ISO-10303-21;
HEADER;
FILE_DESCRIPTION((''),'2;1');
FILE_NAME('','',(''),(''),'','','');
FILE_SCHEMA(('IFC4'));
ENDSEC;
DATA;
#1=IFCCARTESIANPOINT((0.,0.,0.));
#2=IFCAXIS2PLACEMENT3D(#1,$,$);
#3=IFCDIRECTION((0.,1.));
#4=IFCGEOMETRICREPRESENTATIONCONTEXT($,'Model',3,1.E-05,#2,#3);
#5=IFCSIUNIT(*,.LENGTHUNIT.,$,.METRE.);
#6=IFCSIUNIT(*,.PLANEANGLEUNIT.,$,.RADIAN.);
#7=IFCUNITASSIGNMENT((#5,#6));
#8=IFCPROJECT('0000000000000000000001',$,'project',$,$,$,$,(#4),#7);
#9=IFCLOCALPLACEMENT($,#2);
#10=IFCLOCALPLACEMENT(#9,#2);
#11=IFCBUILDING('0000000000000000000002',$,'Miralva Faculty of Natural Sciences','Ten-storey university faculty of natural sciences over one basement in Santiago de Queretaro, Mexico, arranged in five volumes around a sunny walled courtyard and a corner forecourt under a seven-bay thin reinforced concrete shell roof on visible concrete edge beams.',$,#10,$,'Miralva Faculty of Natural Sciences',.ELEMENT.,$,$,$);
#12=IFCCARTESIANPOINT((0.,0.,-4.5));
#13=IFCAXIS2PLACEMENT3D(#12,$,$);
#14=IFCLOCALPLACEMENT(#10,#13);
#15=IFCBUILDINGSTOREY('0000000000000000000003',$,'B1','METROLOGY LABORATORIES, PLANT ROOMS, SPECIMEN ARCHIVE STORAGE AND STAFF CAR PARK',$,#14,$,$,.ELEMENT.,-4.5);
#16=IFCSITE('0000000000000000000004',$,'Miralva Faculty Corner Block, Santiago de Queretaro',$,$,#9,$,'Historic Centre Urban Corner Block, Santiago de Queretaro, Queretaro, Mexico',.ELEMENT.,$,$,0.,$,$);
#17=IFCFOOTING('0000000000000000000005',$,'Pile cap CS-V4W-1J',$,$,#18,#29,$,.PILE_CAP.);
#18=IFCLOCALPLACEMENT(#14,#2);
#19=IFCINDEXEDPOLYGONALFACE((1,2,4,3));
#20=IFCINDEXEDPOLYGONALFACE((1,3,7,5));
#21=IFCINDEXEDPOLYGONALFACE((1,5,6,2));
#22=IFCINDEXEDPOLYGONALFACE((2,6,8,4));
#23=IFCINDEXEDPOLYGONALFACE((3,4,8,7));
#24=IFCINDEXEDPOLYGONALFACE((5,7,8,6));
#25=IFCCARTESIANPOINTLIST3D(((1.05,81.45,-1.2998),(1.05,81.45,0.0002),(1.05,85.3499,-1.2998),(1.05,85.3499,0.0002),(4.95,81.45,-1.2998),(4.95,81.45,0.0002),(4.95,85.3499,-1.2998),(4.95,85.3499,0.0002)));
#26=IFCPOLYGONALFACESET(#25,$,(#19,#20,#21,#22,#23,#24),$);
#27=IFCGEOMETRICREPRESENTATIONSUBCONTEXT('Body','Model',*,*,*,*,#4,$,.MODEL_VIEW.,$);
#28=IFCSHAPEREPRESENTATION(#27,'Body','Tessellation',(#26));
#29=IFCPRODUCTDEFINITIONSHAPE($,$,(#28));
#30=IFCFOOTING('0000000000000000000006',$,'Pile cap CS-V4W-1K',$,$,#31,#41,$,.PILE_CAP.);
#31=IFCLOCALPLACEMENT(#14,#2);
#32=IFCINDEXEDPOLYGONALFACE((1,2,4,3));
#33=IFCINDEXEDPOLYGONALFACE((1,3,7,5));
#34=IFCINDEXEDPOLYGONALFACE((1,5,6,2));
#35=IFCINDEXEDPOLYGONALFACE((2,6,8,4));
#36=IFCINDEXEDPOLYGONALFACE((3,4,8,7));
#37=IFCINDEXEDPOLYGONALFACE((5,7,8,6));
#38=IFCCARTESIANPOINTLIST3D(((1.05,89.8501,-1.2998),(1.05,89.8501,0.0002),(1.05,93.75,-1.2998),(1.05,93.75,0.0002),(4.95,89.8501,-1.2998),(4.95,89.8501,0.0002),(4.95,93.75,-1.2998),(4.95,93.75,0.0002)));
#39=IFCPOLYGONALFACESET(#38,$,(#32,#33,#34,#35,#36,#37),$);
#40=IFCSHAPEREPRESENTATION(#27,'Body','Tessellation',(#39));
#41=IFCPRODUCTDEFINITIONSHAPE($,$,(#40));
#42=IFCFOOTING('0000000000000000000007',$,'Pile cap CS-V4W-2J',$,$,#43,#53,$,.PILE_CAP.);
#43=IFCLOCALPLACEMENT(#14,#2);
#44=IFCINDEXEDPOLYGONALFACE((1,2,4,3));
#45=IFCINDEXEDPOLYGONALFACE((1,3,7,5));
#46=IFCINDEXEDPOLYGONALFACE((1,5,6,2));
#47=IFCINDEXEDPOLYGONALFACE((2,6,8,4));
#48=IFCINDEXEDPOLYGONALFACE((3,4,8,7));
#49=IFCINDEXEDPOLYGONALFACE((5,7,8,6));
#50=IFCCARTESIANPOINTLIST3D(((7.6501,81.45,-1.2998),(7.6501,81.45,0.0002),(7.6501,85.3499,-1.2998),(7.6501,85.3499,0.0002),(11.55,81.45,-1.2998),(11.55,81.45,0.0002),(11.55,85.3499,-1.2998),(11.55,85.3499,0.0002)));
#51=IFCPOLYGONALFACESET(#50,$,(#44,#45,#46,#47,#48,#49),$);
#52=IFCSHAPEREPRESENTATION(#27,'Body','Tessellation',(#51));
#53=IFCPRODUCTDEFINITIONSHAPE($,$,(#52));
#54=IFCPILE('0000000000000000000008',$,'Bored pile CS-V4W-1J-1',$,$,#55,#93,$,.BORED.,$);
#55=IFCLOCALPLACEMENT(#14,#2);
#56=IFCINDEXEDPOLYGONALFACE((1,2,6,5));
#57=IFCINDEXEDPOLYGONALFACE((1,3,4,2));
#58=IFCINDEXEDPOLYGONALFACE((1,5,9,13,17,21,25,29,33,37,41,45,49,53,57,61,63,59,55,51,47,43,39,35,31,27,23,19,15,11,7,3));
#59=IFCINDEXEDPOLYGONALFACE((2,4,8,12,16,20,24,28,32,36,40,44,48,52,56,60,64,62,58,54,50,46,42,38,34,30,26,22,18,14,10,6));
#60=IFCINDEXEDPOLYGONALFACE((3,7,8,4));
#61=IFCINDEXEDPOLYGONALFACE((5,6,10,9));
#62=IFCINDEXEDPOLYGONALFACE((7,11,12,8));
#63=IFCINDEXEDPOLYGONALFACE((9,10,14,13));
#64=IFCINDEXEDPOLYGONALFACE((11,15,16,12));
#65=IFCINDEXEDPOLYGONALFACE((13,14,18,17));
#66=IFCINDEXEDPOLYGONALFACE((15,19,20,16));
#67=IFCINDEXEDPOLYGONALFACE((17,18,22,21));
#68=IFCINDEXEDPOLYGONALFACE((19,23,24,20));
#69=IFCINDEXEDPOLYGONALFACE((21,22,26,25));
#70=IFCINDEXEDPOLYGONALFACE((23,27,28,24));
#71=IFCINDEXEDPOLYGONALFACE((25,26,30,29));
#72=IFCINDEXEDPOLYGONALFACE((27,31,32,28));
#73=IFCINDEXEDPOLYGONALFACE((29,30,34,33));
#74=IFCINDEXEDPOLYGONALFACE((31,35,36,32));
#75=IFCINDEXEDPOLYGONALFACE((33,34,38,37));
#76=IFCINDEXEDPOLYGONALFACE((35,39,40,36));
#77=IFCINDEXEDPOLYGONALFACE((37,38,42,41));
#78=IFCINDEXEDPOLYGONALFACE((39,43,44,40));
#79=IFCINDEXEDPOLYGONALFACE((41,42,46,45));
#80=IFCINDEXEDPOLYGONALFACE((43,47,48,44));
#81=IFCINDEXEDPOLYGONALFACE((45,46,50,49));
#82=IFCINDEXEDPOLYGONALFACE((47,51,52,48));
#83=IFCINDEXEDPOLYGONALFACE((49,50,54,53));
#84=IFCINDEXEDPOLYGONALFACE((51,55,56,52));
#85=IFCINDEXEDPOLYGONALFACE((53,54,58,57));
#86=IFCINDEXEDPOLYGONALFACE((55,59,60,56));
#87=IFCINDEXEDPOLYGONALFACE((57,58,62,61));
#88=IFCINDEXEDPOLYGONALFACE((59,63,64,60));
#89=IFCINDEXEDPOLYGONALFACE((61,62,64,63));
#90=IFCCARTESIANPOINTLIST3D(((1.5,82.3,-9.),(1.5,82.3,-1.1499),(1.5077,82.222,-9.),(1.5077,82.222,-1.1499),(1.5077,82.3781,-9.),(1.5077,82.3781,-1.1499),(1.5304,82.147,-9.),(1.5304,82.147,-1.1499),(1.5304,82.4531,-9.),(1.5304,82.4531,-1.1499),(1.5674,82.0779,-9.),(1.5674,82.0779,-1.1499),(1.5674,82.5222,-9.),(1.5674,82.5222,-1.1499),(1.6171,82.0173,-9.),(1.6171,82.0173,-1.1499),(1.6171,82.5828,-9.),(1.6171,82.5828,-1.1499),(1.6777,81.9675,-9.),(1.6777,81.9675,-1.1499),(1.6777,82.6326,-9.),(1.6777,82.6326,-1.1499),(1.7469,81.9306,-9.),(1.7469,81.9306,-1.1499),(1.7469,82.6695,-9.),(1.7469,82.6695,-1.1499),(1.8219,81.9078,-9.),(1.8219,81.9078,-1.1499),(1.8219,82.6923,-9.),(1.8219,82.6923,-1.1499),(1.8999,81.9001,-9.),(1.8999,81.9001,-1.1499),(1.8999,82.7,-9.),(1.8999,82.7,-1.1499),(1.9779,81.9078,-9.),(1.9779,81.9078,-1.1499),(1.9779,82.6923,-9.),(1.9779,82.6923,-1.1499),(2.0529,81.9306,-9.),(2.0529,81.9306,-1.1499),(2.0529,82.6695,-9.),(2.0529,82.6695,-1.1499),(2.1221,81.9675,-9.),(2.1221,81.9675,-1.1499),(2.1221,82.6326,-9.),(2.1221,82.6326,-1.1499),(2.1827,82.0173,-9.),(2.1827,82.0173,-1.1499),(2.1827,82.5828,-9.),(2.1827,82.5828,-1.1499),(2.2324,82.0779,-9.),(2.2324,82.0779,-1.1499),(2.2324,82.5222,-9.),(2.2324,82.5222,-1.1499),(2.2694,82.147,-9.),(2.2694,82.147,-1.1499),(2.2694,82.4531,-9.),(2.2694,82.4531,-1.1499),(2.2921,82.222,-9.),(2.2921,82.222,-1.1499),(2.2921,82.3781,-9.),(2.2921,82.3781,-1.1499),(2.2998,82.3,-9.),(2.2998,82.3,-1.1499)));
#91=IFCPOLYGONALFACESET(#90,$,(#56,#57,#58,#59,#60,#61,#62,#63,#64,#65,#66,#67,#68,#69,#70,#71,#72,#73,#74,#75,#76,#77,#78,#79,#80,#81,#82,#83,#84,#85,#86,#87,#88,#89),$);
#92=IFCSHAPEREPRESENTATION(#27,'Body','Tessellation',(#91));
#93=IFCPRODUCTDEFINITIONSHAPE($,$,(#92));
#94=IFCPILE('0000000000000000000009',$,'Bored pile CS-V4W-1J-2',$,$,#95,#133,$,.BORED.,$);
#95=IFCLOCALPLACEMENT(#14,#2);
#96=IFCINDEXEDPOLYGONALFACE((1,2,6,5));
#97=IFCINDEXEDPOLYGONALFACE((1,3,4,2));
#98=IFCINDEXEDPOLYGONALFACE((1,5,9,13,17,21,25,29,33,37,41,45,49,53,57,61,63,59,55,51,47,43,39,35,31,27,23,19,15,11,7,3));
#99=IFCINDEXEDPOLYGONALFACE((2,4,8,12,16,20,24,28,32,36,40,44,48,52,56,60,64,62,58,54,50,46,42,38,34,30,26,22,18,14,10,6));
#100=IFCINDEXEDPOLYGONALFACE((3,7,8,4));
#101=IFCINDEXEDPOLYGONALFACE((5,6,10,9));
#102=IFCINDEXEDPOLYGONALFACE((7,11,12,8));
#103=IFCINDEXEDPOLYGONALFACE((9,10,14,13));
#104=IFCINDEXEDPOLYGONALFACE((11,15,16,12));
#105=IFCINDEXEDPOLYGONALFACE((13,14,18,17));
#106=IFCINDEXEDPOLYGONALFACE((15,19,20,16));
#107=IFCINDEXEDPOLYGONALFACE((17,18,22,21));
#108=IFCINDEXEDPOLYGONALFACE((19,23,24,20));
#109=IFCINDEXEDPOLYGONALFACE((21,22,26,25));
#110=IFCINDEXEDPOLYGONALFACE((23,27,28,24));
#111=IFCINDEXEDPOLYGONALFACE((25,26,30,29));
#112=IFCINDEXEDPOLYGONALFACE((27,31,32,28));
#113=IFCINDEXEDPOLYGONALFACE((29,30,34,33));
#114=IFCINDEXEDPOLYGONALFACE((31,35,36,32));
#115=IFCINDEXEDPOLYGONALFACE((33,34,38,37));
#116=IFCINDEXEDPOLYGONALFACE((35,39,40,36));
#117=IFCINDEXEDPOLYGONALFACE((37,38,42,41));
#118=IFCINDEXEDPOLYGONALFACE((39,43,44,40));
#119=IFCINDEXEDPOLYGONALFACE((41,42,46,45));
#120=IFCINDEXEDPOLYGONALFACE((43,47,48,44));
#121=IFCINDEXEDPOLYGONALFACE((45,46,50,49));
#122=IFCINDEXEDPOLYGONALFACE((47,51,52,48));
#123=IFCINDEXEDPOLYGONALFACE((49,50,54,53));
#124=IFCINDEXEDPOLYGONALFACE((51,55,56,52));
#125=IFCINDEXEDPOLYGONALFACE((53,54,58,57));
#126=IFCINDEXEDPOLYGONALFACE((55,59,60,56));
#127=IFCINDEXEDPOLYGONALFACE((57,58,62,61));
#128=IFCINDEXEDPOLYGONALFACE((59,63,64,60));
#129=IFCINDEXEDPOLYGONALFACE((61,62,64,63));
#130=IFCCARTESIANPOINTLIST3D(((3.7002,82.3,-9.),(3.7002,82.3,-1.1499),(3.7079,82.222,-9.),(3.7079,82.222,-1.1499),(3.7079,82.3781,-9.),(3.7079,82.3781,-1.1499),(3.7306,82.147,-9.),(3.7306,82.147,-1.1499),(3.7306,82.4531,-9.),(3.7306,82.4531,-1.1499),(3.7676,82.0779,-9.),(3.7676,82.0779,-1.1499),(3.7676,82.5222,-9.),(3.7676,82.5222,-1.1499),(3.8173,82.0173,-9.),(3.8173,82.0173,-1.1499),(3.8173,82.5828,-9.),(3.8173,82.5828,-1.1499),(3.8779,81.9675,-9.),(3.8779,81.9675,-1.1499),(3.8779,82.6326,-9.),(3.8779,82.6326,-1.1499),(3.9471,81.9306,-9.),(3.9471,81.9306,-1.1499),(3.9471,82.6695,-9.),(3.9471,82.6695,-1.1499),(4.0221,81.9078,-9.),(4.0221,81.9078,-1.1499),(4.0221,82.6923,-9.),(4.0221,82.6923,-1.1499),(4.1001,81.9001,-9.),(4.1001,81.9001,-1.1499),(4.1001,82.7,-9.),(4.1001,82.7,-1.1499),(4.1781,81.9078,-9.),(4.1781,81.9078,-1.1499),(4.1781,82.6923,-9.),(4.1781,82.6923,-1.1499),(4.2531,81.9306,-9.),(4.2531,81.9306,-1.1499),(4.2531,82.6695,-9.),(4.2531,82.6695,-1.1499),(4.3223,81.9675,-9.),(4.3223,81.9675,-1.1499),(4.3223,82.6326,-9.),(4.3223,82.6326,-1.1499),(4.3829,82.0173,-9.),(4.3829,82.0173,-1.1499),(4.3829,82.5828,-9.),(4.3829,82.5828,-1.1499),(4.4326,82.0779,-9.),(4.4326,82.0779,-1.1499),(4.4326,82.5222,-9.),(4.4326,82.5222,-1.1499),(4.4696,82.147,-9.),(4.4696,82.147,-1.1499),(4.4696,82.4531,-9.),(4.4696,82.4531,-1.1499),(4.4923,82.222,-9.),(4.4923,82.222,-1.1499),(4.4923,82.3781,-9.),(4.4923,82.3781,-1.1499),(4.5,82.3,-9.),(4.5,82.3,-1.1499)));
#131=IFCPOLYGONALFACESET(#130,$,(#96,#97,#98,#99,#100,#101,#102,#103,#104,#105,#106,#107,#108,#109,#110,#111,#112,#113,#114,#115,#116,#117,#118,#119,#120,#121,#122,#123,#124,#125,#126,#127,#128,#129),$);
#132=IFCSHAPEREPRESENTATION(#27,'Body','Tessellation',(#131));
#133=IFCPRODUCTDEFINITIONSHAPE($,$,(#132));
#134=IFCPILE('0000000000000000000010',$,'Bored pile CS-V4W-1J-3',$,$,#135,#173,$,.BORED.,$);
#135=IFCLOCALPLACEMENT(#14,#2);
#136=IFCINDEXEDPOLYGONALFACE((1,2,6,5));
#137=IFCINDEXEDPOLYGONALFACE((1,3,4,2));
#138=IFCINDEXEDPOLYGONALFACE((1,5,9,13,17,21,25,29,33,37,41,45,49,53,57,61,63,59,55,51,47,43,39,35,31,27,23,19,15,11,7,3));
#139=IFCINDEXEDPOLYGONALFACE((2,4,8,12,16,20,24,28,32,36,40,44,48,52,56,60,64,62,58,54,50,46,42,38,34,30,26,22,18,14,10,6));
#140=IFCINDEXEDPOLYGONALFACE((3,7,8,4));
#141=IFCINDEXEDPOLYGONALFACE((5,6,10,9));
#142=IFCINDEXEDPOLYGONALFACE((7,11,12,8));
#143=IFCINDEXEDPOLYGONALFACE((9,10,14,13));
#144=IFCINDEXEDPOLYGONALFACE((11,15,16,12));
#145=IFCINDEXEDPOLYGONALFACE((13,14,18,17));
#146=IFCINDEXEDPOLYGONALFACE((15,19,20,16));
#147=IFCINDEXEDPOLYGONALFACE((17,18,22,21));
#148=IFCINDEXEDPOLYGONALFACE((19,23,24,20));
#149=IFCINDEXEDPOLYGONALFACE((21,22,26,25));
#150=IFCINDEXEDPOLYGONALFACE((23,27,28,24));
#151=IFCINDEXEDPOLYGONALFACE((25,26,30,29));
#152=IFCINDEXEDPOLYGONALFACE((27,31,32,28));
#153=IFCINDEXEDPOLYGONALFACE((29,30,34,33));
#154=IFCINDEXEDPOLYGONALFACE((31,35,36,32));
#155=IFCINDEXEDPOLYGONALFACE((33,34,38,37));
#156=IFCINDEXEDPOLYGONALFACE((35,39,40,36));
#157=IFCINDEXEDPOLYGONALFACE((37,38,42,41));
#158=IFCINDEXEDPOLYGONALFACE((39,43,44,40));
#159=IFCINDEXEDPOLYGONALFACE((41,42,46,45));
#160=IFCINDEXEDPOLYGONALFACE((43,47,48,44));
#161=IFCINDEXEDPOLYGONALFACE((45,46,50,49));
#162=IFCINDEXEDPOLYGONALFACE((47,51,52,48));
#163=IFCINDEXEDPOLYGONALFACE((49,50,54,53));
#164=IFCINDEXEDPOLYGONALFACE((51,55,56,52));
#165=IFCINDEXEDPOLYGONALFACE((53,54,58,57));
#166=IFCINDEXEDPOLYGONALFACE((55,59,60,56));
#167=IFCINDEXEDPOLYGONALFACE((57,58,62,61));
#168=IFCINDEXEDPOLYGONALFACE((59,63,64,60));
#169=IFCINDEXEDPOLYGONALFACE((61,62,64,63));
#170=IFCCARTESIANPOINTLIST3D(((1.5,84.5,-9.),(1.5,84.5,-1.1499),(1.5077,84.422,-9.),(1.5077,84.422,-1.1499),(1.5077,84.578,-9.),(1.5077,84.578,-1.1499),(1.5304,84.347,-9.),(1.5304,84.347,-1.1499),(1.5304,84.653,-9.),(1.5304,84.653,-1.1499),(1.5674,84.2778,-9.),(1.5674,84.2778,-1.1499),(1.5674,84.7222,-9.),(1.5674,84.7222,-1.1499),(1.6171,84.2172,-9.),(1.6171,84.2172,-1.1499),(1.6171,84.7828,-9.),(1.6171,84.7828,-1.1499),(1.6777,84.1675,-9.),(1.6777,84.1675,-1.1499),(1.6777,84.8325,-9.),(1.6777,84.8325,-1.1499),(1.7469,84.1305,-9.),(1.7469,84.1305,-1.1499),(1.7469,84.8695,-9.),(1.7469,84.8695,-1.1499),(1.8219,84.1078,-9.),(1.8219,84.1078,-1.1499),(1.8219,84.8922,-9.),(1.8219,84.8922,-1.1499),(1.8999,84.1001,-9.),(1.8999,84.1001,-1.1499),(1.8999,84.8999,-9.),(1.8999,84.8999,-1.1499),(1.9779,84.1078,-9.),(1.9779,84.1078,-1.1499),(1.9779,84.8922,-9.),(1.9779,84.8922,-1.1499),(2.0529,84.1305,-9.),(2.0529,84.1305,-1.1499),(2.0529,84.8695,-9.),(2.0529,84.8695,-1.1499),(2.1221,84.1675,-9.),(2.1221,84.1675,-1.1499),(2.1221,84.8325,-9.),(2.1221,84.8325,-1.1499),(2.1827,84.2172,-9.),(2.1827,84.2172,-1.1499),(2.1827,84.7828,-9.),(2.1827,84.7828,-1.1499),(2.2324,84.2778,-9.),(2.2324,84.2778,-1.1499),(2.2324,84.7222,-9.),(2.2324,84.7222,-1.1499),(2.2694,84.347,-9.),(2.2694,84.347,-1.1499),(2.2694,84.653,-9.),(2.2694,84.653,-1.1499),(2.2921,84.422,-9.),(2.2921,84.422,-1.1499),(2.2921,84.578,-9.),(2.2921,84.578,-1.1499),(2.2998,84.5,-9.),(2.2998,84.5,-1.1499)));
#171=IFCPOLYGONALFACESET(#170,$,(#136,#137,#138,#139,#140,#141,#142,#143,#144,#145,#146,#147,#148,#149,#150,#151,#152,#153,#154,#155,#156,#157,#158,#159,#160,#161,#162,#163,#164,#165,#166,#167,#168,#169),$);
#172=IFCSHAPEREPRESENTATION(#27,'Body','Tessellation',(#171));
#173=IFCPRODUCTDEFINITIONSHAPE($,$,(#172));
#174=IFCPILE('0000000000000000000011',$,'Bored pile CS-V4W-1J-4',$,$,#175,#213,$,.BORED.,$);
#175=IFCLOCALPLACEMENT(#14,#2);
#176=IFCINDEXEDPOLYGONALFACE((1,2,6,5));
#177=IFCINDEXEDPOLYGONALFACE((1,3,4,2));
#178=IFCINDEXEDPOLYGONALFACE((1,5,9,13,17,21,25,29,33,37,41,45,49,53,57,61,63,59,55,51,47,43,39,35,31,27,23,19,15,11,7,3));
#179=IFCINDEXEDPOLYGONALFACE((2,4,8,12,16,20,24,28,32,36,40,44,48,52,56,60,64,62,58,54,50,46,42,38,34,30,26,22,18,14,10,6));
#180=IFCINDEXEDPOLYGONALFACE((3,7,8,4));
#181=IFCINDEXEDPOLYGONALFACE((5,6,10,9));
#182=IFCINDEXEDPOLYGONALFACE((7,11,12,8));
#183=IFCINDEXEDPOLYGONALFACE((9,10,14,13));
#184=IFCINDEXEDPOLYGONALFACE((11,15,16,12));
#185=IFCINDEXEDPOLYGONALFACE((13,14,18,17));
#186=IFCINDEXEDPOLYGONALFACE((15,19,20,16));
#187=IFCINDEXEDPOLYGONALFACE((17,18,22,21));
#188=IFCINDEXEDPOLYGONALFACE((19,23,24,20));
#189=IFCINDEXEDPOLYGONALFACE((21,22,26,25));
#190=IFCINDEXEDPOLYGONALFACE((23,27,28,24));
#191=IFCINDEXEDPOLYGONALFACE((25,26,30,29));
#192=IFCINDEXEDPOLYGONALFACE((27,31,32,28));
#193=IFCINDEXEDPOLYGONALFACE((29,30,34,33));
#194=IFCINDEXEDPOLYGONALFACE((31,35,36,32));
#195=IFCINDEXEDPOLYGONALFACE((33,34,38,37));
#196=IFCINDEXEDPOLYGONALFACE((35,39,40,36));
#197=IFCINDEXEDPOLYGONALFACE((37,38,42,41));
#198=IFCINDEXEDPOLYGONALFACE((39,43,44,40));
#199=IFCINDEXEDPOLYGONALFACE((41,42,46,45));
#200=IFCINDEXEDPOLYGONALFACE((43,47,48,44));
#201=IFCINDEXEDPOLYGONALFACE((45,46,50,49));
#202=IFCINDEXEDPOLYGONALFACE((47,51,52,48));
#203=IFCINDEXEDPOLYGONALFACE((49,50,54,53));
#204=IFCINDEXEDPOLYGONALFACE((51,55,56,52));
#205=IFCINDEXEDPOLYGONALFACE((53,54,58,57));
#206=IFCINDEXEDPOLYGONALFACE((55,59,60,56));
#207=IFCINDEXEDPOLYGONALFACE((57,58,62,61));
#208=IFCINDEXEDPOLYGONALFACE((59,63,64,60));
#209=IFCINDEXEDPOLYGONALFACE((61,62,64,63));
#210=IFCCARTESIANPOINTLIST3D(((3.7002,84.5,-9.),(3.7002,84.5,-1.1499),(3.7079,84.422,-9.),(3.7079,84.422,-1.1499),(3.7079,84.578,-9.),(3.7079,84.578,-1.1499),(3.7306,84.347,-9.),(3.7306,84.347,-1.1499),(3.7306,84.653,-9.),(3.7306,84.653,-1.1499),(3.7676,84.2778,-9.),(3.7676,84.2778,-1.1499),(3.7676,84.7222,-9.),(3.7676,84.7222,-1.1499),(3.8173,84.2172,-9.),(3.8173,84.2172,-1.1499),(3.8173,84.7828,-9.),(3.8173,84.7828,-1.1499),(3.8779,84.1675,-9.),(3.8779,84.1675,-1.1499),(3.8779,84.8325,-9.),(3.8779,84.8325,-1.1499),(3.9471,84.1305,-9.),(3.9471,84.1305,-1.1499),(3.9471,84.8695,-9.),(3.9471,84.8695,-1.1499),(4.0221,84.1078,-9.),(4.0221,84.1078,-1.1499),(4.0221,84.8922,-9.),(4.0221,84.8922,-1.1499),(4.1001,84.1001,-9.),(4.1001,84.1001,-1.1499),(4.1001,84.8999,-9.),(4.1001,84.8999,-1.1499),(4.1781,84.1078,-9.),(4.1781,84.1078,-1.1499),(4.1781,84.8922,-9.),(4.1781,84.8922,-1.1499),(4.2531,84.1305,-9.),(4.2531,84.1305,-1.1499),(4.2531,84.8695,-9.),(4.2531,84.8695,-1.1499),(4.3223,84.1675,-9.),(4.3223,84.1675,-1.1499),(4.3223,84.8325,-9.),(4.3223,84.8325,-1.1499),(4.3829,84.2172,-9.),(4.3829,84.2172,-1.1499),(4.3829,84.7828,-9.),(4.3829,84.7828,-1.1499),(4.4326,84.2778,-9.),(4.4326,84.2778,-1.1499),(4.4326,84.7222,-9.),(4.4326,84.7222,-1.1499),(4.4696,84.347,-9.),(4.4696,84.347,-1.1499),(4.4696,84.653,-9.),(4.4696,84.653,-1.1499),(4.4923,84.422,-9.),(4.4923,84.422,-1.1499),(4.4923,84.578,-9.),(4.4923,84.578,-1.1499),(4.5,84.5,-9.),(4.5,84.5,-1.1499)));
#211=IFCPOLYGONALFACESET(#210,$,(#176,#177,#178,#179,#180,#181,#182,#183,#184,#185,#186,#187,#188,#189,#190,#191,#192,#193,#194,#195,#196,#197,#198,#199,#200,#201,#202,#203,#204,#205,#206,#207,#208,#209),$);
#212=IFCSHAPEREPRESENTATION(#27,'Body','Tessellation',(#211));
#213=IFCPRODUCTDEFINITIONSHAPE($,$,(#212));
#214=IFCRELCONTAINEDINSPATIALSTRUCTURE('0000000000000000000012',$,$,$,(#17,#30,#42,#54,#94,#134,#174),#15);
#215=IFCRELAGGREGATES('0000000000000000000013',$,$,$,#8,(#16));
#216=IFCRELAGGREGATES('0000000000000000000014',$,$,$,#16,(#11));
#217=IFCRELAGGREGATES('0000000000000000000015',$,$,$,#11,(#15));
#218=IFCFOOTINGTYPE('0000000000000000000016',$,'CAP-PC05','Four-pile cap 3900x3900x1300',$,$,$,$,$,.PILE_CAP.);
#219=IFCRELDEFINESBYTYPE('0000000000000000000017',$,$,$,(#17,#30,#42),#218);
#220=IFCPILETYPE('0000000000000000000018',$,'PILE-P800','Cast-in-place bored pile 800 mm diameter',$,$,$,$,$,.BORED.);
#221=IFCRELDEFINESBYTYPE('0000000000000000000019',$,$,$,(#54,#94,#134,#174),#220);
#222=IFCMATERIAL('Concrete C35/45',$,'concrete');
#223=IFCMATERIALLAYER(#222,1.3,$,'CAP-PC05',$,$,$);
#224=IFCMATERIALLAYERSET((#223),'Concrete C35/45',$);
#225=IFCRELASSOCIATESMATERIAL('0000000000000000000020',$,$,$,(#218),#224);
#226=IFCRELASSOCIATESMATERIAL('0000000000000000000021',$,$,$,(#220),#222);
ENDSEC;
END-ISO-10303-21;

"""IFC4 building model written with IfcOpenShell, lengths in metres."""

from ifc_helpers import new_model, si_unit, direction, frame, origin, origin_2d, place, context, subcontext, project, spatial, rectangle, circle, extrude, material, layer, layer_set, material_profile, profile_set, type_object, element, save


model = new_model("IFC4")

# Units and contexts
model_context = context("Model", 3, precision=1e-05, world=origin(), true_north=direction((0.0, 1.0)))
body_context = subcontext(model_context, "Body", "Model", "MODEL_VIEW")
ifc_project = project(units=[si_unit("LENGTHUNIT", "METRE"), si_unit("PLANEANGLEUNIT", "RADIAN")], contexts=[model_context])

# Site, building, storey
site_placement = place(None, origin())
site = spatial("IfcSite", under=ifc_project, at=site_placement, Name="Miralva Faculty Corner Block, Santiago de Queretaro", LongName="Historic Centre Urban Corner Block, Santiago de Queretaro, Queretaro, Mexico", CompositionType="ELEMENT", RefElevation=0.0)
building_placement = place(site_placement, origin())
building = spatial("IfcBuilding", under=site, at=building_placement, Name="Miralva Faculty of Natural Sciences", Description="Ten-storey university faculty of natural sciences over one basement in Santiago de Queretaro, Mexico, arranged in five volumes around a sunny walled courtyard and a corner forecourt under a seven-bay thin reinforced concrete shell roof on visible concrete edge beams.", LongName="Miralva Faculty of Natural Sciences", CompositionType="ELEMENT")
storey_placement = place(building_placement, frame((0.0, 0.0, -4.5)))
storey = spatial("IfcBuildingStorey", under=building, at=storey_placement, Name="B1", Description="METROLOGY LABORATORIES, PLANT ROOMS, SPECIMEN ARCHIVE STORAGE AND STAFF CAR PARK", CompositionType="ELEMENT", Elevation=-4.5)

# Footings
ifc_material_1 = material(Name="Concrete C35/45", Category="concrete")
ifc_layer = layer(ifc_material_1, 1.3, Name="CAP-PC05")
ifc_layer_set = layer_set([ifc_layer], Name="Concrete C35/45")
footing_type_1 = type_object("IfcFootingType", Name="CAP-PC05", Description="Four-pile cap 3900x3900x1300", PredefinedType="PILE_CAP", material=ifc_layer_set)
for number, where, z_axis, x_axis, name in (
    (1, (3.0, 83.3999, -1.2998), (0.0, 0.0, 1.0), (1.0, 0.0, 0.0), "Pile cap CS-V4W-1J"),
    (2, (3.0, 91.8, -1.2998), (0.0, 0.0, 1.0), (1.0, 0.0, 0.0), "Pile cap CS-V4W-1K"),
    (3, (9.6001, 83.3999, -1.2998), (0.0, 0.0, 1.0), (1.0, 0.0, 0.0), "Pile cap CS-V4W-2J"),
):
    element("IfcFooting", number, at=place(storey_placement, frame(where, z_axis=z_axis, x_axis=x_axis)), inside=storey, type_object=footing_type_1, Name=name, PredefinedType="PILE_CAP", context=body_context, shape_type="SweptSolid", body=[
        extrude(rectangle(XDim=3.8999, YDim=3.8999, at=origin_2d()), origin(), (0.0, 0.0, 1.0), 1.3),
    ])

# Piles
ifc_material_profile_1 = material_profile(ifc_material_1, circle(Radius=0.3999, at=origin_2d()), Name="BORED PILE 800")
ifc_profile_set_1 = profile_set([ifc_material_profile_1], Name="Concrete C35/45")
pile_type = type_object("IfcPileType", Name="PILE-P800", Description="Cast-in-place bored pile 800 mm diameter", PredefinedType="BORED", material=ifc_profile_set_1)
for number, where, z_axis, x_axis, name in (
    (4, (1.8999, 82.3, -1.1499), (0.0, 0.0, -1.0), (1.0, 0.0, 0.0), "Bored pile CS-V4W-1J-1"),
    (5, (4.1001, 82.3, -1.1499), (0.0, 0.0, -1.0), (1.0, 0.0, 0.0), "Bored pile CS-V4W-1J-2"),
    (6, (1.8999, 84.5, -1.1499), (0.0, 0.0, -1.0), (1.0, 0.0, 0.0), "Bored pile CS-V4W-1J-3"),
    (7, (4.1001, 84.5, -1.1499), (0.0, 0.0, -1.0), (1.0, 0.0, 0.0), "Bored pile CS-V4W-1J-4"),
):
    element("IfcPile", number, at=place(storey_placement, frame(where, z_axis=z_axis, x_axis=x_axis)), inside=storey, type_object=pile_type, Name=name, PredefinedType="BORED", context=body_context, shape_type="SweptSolid", body=[
        extrude(circle(Radius=0.3999, at=origin_2d()), origin(), (0.0, 0.0, 1.0), 7.8501),
    ])

save(model, "model.ifc")
